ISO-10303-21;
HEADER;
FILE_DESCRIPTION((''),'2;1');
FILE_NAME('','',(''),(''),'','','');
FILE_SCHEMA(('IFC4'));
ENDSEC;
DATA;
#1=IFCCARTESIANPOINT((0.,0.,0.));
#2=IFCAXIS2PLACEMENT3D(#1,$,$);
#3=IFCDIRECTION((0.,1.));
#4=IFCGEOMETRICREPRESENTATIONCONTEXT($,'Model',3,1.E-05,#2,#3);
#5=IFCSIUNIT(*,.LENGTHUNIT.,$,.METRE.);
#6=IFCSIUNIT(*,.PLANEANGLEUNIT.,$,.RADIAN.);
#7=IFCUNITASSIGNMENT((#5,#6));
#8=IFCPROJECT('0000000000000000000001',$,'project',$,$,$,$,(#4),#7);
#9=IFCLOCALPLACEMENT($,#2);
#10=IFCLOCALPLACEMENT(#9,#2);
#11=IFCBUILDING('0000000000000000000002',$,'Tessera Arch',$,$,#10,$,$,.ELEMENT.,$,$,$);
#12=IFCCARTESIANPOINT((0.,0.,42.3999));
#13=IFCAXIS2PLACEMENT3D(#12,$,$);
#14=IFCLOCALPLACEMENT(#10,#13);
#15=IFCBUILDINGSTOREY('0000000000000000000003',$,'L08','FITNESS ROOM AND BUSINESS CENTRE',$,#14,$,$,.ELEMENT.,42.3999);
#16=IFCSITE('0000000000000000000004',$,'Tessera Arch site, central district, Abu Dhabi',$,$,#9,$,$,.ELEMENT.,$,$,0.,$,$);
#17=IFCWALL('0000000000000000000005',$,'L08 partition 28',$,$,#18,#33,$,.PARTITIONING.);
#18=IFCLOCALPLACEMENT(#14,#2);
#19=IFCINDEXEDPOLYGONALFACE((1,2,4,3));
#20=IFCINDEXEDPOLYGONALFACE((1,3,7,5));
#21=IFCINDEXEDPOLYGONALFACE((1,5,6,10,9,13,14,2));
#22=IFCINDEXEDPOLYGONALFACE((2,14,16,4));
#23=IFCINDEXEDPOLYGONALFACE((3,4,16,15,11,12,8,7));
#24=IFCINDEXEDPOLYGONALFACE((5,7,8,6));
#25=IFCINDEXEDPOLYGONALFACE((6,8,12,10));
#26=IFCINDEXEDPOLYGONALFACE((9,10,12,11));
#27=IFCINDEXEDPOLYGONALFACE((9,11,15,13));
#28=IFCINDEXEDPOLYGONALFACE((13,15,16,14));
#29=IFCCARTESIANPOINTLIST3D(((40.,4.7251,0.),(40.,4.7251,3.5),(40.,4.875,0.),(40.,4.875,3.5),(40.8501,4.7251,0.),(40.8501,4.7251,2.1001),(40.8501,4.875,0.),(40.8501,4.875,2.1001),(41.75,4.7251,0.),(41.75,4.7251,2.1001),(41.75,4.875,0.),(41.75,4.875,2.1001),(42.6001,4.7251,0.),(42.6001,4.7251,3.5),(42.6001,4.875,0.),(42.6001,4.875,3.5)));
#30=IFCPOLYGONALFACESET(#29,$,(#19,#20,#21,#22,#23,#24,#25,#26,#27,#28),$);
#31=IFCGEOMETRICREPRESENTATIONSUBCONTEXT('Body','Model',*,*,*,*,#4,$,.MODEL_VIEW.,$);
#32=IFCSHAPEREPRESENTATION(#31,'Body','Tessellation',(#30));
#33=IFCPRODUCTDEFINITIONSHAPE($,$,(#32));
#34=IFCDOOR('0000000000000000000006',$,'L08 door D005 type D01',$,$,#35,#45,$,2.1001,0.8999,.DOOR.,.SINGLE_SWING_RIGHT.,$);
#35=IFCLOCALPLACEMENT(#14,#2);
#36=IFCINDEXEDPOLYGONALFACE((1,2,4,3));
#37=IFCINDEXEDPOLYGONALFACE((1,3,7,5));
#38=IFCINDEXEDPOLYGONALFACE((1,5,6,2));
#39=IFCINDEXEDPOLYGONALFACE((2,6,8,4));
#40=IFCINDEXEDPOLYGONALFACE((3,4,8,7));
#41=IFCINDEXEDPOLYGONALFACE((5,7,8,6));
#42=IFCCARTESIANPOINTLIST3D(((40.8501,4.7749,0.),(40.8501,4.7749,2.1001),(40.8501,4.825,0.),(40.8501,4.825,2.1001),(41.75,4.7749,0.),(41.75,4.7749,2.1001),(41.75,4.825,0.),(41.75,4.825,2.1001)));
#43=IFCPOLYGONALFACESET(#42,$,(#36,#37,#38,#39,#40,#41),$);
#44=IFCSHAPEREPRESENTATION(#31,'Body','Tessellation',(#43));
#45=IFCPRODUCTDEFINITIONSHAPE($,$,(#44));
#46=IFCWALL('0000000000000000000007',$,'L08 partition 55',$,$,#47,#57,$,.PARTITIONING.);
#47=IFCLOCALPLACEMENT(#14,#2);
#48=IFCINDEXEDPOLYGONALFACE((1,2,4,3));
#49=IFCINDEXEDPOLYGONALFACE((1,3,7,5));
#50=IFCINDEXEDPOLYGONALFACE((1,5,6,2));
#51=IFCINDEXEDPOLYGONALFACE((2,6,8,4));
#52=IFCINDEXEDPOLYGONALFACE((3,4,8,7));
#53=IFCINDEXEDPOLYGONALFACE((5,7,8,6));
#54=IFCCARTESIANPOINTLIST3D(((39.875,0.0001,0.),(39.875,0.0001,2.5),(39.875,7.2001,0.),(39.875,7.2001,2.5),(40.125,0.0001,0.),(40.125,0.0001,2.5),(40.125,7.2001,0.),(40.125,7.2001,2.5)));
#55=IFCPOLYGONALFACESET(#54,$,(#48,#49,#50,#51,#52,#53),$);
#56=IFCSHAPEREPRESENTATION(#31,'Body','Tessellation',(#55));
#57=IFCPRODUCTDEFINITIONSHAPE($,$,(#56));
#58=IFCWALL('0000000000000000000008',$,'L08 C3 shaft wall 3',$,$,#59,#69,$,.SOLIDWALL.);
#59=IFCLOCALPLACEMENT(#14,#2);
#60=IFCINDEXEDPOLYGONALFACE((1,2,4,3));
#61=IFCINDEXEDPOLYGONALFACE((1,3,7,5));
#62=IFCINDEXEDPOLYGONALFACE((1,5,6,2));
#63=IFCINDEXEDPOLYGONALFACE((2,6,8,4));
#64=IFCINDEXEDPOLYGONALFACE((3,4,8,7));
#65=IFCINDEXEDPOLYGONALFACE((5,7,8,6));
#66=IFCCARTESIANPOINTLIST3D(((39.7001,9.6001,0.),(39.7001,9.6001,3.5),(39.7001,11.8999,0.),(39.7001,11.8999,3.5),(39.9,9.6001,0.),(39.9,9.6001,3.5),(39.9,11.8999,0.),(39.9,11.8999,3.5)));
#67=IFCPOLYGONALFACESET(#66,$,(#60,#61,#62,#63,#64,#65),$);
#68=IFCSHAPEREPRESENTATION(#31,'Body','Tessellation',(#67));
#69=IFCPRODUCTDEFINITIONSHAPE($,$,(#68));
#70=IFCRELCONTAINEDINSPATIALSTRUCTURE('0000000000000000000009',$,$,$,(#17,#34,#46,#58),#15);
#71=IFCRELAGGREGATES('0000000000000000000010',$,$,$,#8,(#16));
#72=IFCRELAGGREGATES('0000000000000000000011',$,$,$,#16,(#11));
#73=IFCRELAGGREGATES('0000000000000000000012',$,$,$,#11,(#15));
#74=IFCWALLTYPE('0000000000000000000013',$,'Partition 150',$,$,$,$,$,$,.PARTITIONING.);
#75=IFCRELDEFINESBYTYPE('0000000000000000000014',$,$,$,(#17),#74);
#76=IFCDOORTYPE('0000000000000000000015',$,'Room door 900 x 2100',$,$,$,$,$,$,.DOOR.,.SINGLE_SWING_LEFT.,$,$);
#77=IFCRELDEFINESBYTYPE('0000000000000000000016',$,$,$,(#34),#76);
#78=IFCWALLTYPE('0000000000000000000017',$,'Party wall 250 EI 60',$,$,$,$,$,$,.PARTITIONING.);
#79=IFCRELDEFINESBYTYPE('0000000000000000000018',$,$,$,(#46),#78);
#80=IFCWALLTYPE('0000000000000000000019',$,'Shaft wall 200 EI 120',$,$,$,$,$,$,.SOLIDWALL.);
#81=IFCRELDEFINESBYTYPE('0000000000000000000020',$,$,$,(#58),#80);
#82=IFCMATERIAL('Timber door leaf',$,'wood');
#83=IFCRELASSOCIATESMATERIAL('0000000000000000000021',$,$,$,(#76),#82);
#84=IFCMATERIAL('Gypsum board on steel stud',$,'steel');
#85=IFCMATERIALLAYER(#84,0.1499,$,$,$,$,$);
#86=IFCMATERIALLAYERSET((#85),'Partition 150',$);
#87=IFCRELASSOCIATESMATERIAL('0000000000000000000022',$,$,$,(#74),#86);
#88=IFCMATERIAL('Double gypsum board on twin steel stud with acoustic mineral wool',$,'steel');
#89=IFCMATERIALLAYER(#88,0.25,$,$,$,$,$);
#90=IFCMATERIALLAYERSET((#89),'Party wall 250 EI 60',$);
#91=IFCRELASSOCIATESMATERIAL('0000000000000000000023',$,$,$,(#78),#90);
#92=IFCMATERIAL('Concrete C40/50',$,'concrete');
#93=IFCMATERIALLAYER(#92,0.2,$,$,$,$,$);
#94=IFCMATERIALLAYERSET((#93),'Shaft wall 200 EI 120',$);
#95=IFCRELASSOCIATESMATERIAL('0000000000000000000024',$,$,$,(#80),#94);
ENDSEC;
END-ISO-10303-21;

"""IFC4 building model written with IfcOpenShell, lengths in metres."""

from ifc_helpers import new_model, si_unit, direction, frame, frame_2d, origin, place, context, subcontext, project, spatial, rectangle, extrude, material, layer, layer_set, type_object, element, fill, save


model = new_model("IFC4")

# Units and contexts
model_context = context("Model", 3, precision=1e-05, world=origin(), true_north=direction((0.0, 1.0)))
body_context = subcontext(model_context, "Body", "Model", "MODEL_VIEW")
ifc_project = project(units=[si_unit("LENGTHUNIT", "METRE"), si_unit("PLANEANGLEUNIT", "RADIAN")], contexts=[model_context])

# Site, building, storey
site_placement = place(None, origin())
site = spatial("IfcSite", under=ifc_project, at=site_placement, Name="Tessera Arch site, central district, Abu Dhabi", CompositionType="ELEMENT", RefElevation=0.0)
building_placement = place(site_placement, origin())
building = spatial("IfcBuilding", under=site, at=building_placement, Name="Tessera Arch", CompositionType="ELEMENT")
storey_placement = place(building_placement, frame((0.0, 0.0, 42.3999)))
storey = spatial("IfcBuildingStorey", under=building, at=storey_placement, Name="L08", Description="FITNESS ROOM AND BUSINESS CENTRE", CompositionType="ELEMENT", Elevation=42.3999)

# Shared definitions
ifc_material_1 = material(Name="Timber door leaf", Category="wood")
door_type_1 = type_object("IfcDoorType", Name="Room door 900 x 2100", OperationType="SINGLE_SWING_LEFT", PredefinedType="DOOR", material=ifc_material_1)

# Wall, opening, door
ifc_material_2 = material(Name="Gypsum board on steel stud", Category="steel")
ifc_layer_1 = layer(ifc_material_2, 0.1499)
ifc_layer_set_1 = layer_set([ifc_layer_1], Name="Partition 150")
wall_type_1 = type_object("IfcWallType", Name="Partition 150", PredefinedType="PARTITIONING", material=ifc_layer_set_1)
wall_1_placement = place(storey_placement, frame((40.0, 4.8, 0.0), z_axis=(0.0, 0.0, 1.0), x_axis=(1.0, 0.0, 0.0)))
wall_1 = element("IfcWall", 1, at=wall_1_placement, inside=storey, type_object=wall_type_1, Name="L08 partition 28", PredefinedType="PARTITIONING", context=body_context, shape_type="SweptSolid", body=[
    extrude(rectangle(XDim=2.6001, YDim=0.1499, at=frame_2d((1.3, 0.0))), origin(), (0.0, 0.0, 1.0), 3.5),
])
opening_1_placement = place(wall_1_placement, frame((0.8501, 0.0, 0.0)))
opening_1 = element("IfcOpeningElement", 2, at=opening_1_placement, cuts=wall_1, PredefinedType="OPENING", context=body_context, shape_type="SweptSolid", body=[
    extrude(rectangle(XDim=0.8999, YDim=2.1001, at=frame_2d((0.45, 1.05))), frame((0.0, 0.085, 0.0), z_axis=(0.0, -1.0, 0.0), x_axis=(1.0, 0.0, 0.0)), (0.0, 0.0, 1.0), 0.1699),
])
door_1_placement = place(opening_1_placement, origin())
door_1 = element("IfcDoor", 3, at=door_1_placement, inside=storey, type_object=door_type_1, Name="L08 door D005 type D01", OperationType="SINGLE_SWING_RIGHT", OverallHeight=2.1001, OverallWidth=0.8999, PredefinedType="DOOR", context=body_context, shape_type="SweptSolid", body=[
    extrude(rectangle(XDim=0.8999, YDim=2.1001, at=frame_2d((0.45, 1.05))), frame((0.0, 0.0249, 0.0), z_axis=(0.0, -1.0, 0.0), x_axis=(1.0, 0.0, 0.0)), (0.0, 0.0, 1.0), 0.05),
])
fill(opening_1, door_1)

# Walls
ifc_material_3 = material(Name="Double gypsum board on twin steel stud with acoustic mineral wool", Category="steel")
ifc_layer_2 = layer(ifc_material_3, 0.25)
ifc_layer_set_2 = layer_set([ifc_layer_2], Name="Party wall 250 EI 60")
wall_type_2 = type_object("IfcWallType", Name="Party wall 250 EI 60", PredefinedType="PARTITIONING", material=ifc_layer_set_2)
wall_2_placement = place(storey_placement, frame((40.0, 0.0, 0.0), z_axis=(0.0, 0.0, 1.0), x_axis=(0.0, 1.0, 0.0)))
element("IfcWall", 4, at=wall_2_placement, inside=storey, type_object=wall_type_2, Name="L08 partition 55", PredefinedType="PARTITIONING", context=body_context, shape_type="SweptSolid", body=[
    extrude(rectangle(XDim=7.2, YDim=0.25, at=frame_2d((3.6001, 0.0))), origin(), (0.0, 0.0, 1.0), 2.5),
])
ifc_material_4 = material(Name="Concrete C40/50", Category="concrete")
ifc_layer_3 = layer(ifc_material_4, 0.2)
ifc_layer_set_3 = layer_set([ifc_layer_3], Name="Shaft wall 200 EI 120")
wall_type_3 = type_object("IfcWallType", Name="Shaft wall 200 EI 120", PredefinedType="SOLIDWALL", material=ifc_layer_set_3)
wall_3_placement = place(storey_placement, frame((39.8, 9.6001, 0.0), z_axis=(0.0, 0.0, 1.0), x_axis=(0.0, 1.0, 0.0)))
element("IfcWall", 5, at=wall_3_placement, inside=storey, type_object=wall_type_3, Name="L08 C3 shaft wall 3", PredefinedType="SOLIDWALL", context=body_context, shape_type="SweptSolid", body=[
    extrude(rectangle(XDim=2.2998, YDim=0.2, at=frame_2d((1.1499, 0.0))), origin(), (0.0, 0.0, 1.0), 3.5),
])

save(model, "model.ifc")
